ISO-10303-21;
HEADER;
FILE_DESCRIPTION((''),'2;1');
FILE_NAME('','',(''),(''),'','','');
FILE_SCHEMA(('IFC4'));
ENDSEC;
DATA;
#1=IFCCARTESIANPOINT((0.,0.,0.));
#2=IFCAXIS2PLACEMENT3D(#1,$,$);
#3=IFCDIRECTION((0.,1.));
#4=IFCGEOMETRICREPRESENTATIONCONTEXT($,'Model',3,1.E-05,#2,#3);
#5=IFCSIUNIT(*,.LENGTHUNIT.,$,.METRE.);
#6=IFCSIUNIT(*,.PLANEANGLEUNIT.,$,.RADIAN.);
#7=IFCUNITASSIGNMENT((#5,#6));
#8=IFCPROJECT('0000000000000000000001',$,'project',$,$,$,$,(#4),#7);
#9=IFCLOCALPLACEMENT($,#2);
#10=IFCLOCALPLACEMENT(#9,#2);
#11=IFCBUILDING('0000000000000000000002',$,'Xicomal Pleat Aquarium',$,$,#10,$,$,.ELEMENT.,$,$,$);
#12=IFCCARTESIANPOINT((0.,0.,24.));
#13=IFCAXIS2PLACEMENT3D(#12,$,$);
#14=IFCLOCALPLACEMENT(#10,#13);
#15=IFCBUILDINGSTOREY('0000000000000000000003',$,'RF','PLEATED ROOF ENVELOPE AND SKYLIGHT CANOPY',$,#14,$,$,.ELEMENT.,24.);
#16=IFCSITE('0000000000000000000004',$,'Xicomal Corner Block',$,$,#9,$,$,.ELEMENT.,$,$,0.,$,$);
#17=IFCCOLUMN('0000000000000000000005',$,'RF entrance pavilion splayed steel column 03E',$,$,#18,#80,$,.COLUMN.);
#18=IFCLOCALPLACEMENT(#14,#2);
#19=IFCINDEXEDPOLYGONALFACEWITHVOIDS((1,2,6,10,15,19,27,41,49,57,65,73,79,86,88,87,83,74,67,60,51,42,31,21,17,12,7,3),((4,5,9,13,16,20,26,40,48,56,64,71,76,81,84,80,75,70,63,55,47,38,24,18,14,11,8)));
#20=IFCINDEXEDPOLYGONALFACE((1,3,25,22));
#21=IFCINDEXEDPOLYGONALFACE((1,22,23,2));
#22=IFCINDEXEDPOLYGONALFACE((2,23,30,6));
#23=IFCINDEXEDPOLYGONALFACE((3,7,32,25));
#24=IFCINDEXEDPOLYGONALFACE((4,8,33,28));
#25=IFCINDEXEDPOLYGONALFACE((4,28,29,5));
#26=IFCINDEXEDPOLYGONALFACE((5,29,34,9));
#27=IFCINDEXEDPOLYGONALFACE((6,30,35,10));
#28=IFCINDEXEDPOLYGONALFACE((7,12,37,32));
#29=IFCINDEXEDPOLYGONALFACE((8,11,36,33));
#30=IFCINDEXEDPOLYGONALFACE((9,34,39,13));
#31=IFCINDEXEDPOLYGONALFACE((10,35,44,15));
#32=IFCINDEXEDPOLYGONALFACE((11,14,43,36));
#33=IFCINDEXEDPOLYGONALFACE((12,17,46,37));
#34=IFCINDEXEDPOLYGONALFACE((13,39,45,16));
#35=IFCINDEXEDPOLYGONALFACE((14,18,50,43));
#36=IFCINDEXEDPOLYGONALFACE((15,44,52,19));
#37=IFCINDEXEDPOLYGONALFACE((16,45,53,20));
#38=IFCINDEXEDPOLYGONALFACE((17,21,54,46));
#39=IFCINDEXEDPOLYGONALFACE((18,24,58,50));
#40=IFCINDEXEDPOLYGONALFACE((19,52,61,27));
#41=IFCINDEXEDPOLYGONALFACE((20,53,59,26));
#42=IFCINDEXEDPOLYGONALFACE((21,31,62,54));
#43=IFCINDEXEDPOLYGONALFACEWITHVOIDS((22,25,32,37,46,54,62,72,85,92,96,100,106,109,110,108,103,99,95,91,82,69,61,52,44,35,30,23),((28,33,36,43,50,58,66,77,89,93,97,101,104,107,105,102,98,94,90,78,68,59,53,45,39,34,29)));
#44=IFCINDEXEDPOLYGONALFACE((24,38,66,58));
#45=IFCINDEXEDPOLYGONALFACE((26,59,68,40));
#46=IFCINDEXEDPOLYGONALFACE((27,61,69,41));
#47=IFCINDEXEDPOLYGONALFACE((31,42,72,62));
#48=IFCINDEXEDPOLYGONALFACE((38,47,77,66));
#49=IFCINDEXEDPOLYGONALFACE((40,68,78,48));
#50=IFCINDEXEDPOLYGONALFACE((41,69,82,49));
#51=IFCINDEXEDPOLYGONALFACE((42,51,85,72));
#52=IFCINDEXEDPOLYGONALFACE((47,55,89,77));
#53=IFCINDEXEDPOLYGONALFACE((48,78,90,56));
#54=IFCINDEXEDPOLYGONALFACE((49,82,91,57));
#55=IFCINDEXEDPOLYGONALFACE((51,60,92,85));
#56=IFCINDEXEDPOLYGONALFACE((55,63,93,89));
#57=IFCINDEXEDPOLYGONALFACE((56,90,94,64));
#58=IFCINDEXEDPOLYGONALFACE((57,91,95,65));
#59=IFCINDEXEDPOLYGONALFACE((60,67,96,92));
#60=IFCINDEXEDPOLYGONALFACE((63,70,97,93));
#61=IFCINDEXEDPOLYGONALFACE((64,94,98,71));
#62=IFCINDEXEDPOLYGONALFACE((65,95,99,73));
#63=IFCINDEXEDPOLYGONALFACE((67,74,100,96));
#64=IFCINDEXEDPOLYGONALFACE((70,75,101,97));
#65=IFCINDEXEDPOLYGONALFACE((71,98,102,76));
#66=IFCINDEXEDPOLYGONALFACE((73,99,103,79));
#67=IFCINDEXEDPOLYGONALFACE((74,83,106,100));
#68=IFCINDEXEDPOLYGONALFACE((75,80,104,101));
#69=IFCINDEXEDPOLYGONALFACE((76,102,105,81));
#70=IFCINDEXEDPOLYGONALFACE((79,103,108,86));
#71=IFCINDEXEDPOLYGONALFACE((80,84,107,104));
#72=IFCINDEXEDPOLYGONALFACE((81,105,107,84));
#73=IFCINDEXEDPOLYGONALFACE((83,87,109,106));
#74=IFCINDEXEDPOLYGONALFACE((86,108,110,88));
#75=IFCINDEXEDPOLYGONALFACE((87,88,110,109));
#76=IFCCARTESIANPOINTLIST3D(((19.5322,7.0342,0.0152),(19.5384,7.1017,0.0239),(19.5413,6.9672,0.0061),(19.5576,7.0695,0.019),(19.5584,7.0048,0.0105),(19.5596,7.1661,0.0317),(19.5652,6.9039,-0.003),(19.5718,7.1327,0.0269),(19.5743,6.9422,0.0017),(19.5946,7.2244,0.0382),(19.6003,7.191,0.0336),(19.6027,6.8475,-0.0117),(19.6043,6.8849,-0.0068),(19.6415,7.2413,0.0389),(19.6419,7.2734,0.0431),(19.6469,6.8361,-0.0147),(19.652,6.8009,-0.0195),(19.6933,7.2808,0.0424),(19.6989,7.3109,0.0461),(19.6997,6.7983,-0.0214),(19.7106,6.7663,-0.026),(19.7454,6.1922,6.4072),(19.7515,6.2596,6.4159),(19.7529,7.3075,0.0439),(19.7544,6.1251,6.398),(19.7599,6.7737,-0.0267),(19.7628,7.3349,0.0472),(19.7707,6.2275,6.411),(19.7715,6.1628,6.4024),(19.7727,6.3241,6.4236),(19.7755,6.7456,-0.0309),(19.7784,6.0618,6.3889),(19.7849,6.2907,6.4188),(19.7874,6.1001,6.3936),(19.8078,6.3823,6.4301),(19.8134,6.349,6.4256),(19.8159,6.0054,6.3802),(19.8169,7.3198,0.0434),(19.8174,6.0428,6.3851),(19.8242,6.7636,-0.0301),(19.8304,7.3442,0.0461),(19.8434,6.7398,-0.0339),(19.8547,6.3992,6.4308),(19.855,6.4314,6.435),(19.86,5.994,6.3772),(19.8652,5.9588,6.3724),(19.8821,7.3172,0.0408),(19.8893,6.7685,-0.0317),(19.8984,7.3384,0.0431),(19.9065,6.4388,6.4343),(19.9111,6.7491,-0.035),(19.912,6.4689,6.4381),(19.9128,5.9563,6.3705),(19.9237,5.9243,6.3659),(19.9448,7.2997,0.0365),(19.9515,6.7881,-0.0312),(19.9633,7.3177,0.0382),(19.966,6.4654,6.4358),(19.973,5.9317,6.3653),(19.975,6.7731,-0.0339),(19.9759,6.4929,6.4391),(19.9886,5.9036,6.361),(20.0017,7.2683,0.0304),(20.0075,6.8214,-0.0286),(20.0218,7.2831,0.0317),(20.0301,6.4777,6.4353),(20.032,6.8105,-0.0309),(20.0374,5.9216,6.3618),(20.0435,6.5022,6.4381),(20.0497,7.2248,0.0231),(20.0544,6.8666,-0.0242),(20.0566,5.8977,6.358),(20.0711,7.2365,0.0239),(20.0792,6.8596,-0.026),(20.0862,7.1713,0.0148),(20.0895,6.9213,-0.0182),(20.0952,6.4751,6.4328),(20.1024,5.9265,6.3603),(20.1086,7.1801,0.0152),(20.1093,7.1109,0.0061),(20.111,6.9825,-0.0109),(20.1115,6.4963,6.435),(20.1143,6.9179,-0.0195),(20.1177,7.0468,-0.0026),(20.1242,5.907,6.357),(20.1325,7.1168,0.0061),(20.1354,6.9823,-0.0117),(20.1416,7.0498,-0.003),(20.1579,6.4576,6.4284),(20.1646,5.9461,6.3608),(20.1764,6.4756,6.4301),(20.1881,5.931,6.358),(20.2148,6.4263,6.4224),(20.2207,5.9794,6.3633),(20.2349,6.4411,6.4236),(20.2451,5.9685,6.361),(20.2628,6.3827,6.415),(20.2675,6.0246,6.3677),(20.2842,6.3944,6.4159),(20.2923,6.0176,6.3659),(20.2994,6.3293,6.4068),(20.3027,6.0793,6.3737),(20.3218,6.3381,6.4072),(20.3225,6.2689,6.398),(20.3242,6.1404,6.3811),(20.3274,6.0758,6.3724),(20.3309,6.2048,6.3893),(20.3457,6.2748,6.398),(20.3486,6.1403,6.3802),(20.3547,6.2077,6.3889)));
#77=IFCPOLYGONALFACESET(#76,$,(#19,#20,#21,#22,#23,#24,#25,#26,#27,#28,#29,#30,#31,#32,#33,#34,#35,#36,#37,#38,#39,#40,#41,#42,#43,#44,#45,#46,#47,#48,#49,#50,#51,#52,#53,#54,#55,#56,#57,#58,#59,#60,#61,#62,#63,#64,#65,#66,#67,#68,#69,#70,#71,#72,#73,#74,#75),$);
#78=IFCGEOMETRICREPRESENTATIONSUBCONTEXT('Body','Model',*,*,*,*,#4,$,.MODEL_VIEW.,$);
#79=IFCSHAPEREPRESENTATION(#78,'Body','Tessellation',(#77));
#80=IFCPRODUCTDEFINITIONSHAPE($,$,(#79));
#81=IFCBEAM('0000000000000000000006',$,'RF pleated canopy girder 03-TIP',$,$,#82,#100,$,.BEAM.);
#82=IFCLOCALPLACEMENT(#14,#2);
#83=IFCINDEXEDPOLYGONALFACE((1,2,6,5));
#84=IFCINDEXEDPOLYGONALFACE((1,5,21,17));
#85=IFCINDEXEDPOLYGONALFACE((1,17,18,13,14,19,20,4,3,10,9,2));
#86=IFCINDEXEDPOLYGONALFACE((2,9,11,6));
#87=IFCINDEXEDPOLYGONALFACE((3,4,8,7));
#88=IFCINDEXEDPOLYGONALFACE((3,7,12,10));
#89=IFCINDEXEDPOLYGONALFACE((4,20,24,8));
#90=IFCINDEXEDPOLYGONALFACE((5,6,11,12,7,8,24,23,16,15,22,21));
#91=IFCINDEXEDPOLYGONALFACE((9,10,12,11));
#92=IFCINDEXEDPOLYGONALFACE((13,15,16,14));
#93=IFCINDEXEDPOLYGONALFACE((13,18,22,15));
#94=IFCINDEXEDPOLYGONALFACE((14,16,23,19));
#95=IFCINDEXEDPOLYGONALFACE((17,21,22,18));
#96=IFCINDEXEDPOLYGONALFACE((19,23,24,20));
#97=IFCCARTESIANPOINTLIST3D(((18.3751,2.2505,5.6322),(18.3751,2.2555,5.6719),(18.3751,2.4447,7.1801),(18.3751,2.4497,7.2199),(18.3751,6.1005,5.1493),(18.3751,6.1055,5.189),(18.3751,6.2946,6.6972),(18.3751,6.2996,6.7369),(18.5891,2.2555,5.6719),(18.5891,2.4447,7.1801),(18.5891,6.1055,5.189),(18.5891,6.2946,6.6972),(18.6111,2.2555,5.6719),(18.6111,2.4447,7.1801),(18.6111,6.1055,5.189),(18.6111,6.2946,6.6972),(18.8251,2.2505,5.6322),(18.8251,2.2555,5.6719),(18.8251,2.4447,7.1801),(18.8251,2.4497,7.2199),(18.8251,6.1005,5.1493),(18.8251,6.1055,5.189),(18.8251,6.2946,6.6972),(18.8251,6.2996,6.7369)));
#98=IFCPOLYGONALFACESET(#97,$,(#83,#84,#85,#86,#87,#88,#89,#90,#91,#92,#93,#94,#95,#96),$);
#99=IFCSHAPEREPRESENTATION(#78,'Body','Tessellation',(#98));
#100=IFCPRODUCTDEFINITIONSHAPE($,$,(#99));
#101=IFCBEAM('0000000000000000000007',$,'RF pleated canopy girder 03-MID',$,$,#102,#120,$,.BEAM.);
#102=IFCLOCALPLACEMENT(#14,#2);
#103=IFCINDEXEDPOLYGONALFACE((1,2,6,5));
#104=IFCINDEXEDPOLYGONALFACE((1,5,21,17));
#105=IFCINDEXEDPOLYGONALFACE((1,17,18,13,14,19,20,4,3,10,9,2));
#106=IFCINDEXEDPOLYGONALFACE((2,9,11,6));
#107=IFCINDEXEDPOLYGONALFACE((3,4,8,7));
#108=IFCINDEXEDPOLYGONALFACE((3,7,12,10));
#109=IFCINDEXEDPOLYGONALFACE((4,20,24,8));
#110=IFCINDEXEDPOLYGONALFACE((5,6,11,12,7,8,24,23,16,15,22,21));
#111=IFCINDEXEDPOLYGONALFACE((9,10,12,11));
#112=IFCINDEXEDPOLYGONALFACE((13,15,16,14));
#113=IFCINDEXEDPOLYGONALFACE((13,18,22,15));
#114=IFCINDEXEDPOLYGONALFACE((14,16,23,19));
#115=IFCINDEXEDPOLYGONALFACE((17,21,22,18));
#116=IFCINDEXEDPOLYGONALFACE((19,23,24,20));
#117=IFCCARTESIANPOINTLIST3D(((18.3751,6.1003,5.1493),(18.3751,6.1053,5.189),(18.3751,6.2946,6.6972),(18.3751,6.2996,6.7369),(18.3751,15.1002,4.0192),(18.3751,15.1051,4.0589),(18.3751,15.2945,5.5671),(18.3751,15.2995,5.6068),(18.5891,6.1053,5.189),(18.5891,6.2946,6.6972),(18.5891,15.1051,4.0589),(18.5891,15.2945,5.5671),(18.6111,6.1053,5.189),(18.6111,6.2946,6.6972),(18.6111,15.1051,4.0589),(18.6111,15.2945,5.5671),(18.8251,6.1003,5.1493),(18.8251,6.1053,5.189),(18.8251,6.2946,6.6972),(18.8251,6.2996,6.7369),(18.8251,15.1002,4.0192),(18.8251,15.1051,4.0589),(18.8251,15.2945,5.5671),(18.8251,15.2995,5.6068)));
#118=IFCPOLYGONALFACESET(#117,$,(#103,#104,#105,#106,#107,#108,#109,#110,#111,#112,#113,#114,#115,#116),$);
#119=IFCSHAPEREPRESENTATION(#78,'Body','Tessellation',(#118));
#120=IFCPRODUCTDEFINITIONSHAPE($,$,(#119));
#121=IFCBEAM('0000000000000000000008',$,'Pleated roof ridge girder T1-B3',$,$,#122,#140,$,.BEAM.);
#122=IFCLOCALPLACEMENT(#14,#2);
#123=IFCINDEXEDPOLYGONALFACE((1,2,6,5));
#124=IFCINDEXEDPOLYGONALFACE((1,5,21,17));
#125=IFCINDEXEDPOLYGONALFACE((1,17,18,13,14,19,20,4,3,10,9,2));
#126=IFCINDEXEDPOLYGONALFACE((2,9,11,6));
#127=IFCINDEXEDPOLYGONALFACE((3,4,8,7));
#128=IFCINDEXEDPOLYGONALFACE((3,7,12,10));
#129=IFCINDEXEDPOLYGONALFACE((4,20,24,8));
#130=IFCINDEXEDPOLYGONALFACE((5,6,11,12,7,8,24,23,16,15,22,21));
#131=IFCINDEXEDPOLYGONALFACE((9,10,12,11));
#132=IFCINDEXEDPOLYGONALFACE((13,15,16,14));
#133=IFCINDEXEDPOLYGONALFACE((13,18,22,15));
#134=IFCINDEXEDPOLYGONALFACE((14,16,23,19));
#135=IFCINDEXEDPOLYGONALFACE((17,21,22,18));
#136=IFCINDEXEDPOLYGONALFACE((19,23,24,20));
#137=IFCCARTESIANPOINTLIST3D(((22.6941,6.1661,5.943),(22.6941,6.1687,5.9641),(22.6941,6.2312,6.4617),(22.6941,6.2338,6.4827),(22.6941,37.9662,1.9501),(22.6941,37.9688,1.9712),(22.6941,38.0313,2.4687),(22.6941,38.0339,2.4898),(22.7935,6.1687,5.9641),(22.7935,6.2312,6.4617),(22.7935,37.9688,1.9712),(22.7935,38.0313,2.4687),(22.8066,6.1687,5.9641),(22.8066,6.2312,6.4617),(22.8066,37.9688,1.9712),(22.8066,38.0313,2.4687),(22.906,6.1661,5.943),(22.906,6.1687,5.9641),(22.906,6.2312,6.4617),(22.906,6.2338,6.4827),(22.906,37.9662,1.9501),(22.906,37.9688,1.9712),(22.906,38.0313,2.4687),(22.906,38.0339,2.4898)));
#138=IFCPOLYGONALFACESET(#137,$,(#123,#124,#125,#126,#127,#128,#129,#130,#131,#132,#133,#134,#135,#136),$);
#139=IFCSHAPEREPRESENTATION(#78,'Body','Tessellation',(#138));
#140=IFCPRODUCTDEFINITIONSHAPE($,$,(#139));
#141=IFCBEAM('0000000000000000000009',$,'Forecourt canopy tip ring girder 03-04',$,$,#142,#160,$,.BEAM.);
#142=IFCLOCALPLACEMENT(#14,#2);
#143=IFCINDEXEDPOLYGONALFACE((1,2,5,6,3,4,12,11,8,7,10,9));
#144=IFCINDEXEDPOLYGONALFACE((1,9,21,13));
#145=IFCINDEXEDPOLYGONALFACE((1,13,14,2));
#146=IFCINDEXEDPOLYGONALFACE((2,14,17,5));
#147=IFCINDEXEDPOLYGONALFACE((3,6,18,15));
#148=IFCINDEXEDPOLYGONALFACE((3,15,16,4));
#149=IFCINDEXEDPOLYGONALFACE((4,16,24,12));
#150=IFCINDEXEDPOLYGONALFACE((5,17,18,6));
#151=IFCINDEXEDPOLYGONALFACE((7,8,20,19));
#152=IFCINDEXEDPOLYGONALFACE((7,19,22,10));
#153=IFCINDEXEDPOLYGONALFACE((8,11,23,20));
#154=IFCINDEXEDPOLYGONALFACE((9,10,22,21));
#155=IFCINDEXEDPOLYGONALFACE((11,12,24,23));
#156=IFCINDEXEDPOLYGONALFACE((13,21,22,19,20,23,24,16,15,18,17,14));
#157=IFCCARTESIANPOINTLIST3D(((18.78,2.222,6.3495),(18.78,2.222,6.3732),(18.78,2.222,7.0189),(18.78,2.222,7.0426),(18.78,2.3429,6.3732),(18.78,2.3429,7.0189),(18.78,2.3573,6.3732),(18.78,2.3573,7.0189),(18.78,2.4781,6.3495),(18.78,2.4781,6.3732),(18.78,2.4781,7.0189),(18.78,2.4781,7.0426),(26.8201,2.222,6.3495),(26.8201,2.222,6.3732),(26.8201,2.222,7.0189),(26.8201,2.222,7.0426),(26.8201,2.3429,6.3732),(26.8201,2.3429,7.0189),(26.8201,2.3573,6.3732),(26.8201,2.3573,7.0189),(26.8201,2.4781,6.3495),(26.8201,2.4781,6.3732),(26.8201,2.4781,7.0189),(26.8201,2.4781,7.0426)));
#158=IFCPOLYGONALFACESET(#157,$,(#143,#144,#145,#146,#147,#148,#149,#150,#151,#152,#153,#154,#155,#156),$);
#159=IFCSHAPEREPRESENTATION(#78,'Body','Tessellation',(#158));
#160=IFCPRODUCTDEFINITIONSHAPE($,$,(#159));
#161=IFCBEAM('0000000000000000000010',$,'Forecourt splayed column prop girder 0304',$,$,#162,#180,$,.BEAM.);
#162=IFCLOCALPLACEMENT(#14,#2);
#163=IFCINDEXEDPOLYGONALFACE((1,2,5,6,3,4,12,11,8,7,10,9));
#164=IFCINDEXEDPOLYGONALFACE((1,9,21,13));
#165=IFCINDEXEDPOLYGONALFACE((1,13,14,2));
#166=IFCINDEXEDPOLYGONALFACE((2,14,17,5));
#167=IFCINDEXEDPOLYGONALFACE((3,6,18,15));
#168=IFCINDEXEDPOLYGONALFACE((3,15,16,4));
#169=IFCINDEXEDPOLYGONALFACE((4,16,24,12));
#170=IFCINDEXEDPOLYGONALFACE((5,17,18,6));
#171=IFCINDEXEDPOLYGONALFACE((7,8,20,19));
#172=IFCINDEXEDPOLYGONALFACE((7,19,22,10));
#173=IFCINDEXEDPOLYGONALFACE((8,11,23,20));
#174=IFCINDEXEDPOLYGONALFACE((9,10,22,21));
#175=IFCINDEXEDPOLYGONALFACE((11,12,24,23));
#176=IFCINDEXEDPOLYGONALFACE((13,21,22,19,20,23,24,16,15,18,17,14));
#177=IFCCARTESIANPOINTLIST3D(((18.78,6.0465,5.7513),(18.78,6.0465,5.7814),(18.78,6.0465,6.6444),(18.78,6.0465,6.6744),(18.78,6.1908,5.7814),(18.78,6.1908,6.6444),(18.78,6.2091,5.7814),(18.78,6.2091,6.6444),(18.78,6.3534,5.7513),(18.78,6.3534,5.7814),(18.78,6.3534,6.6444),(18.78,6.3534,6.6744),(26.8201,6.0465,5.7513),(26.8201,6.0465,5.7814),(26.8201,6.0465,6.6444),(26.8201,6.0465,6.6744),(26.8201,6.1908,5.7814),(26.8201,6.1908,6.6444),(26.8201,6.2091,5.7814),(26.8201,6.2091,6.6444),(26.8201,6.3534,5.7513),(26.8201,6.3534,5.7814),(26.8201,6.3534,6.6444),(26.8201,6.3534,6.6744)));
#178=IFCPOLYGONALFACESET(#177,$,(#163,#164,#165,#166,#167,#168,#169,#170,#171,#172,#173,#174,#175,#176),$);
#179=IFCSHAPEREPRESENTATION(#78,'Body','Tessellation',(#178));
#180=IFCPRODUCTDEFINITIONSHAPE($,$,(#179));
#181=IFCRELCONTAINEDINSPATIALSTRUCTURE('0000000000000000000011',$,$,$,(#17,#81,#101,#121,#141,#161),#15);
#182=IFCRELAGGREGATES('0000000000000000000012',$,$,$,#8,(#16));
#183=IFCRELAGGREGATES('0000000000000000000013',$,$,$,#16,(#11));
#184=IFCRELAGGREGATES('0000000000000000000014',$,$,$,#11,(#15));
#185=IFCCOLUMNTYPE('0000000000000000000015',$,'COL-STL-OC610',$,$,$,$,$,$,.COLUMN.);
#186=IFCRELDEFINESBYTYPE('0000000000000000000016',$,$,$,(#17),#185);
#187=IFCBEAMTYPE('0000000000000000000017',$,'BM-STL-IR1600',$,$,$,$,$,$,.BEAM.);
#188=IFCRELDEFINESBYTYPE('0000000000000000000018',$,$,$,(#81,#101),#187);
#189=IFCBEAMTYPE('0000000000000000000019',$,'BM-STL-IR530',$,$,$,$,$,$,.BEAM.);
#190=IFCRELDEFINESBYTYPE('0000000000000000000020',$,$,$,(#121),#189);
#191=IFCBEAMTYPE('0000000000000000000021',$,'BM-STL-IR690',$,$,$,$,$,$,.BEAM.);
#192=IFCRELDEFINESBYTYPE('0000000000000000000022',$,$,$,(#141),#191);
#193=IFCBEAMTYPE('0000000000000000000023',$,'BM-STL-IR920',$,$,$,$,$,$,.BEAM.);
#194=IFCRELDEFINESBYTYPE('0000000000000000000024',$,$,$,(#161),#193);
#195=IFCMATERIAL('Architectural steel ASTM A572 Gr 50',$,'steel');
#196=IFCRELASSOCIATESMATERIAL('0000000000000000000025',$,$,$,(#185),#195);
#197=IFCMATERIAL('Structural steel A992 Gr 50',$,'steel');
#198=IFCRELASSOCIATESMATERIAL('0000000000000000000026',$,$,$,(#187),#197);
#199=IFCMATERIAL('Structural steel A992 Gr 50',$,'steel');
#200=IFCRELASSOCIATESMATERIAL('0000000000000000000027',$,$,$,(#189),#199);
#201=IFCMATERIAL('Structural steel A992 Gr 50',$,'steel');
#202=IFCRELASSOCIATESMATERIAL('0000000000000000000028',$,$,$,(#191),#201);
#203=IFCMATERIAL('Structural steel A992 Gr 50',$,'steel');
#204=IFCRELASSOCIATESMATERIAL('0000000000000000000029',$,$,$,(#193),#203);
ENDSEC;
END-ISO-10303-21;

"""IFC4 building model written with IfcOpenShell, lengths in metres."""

from ifc_helpers import new_model, si_unit, direction, frame, origin, origin_2d, place, context, subcontext, project, spatial, hollow_circle, i_section, extrude, material, material_profile, profile_set, type_object, element, save


model = new_model("IFC4")

# Units and contexts
model_context = context("Model", 3, precision=1e-05, world=origin(), true_north=direction((0.0, 1.0)))
body_context = subcontext(model_context, "Body", "Model", "MODEL_VIEW")
ifc_project = project(units=[si_unit("LENGTHUNIT", "METRE"), si_unit("PLANEANGLEUNIT", "RADIAN")], contexts=[model_context])

# Site, building, storey
site_placement = place(None, origin())
site = spatial("IfcSite", under=ifc_project, at=site_placement, Name="Xicomal Corner Block", CompositionType="ELEMENT", RefElevation=0.0)
building_placement = place(site_placement, origin())
building = spatial("IfcBuilding", under=site, at=building_placement, Name="Xicomal Pleat Aquarium", CompositionType="ELEMENT")
storey_placement = place(building_placement, frame((0.0, 0.0, 24.0)))
storey = spatial("IfcBuildingStorey", under=building, at=storey_placement, Name="RF", Description="PLEATED ROOF ENVELOPE AND SKYLIGHT CANOPY", CompositionType="ELEMENT", Elevation=24.0)

# Column
ifc_material_1 = material(Name="Architectural steel ASTM A572 Gr 50", Category="steel")
ifc_material_profile_1 = material_profile(ifc_material_1, hollow_circle(Radius=0.3049, WallThickness=0.0239, at=origin_2d()), Name="OC 610x24")
ifc_profile_set_1 = profile_set([ifc_material_profile_1], Name="Architectural steel ASTM A572 Gr 50")
column_type = type_object("IfcColumnType", Name="COL-STL-OC610", PredefinedType="COLUMN", material=ifc_profile_set_1)
column_placement = place(storey_placement, frame((19.8369, 7.042, 0.0061), z_axis=(0.033041, -0.130537, 0.990893), x_axis=(0.969427, 0.245378, 0.0)))
element("IfcColumn", 1, at=column_placement, inside=storey, type_object=column_type, Name="RF entrance pavilion splayed steel column 03E", PredefinedType="COLUMN", context=body_context, shape_type="SweptSolid", body=[
    extrude(hollow_circle(Radius=0.3049, WallThickness=0.0239, at=origin_2d()), origin(), (0.0, 0.0, 1.0), 6.4507),
])

# Beams
ifc_material_2 = material(Name="Structural steel A992 Gr 50", Category="steel")
ifc_material_profile_2 = material_profile(ifc_material_2, i_section(OverallWidth=0.45, OverallDepth=1.6001, WebThickness=0.022, FlangeThickness=0.04, at=origin_2d()), Name="IR 1600x540")
ifc_profile_set_2 = profile_set([ifc_material_profile_2], Name="Structural steel A992 Gr 50")
beam_type_1 = type_object("IfcBeamType", Name="BM-STL-IR1600", PredefinedType="BEAM", material=ifc_profile_set_2)
beam_1_placement = place(storey_placement, frame((18.6001, 2.3501, 6.426), z_axis=(0.0, 0.992225, -0.124461), x_axis=(-1.0, 0.0, 0.0)))
element("IfcBeam", 2, at=beam_1_placement, inside=storey, type_object=beam_type_1, Name="RF pleated canopy girder 03-TIP", PredefinedType="BEAM", context=body_context, shape_type="SweptSolid", body=[
    extrude(i_section(OverallWidth=0.45, OverallDepth=1.6001, WebThickness=0.022, FlangeThickness=0.04, at=origin_2d()), origin(), (0.0, 0.0, 1.0), 3.8801),
])
beam_2_placement = place(storey_placement, frame((18.6001, 6.2, 5.9431), z_axis=(0.0, 0.992208, -0.124591), x_axis=(-1.0, 0.0, 0.0)))
element("IfcBeam", 3, at=beam_2_placement, inside=storey, type_object=beam_type_1, Name="RF pleated canopy girder 03-MID", PredefinedType="BEAM", context=body_context, shape_type="SweptSolid", body=[
    extrude(i_section(OverallWidth=0.45, OverallDepth=1.6001, WebThickness=0.022, FlangeThickness=0.04, at=origin_2d()), origin(), (0.0, 0.0, 1.0), 9.0706),
])
ifc_material_3 = material(Name="Structural steel A992 Gr 50", Category="steel")
ifc_material_profile_3 = material_profile(ifc_material_3, i_section(OverallWidth=0.2119, OverallDepth=0.5439, WebThickness=0.0132, FlangeThickness=0.0212, at=origin_2d()), Name="IR 530x123")
ifc_profile_set_3 = profile_set([ifc_material_profile_3], Name="Structural steel A992 Gr 50")
beam_type_2 = type_object("IfcBeamType", Name="BM-STL-IR530", PredefinedType="BEAM", material=ifc_profile_set_3)
beam_3_placement = place(storey_placement, frame((22.8, 6.2, 6.2129), z_axis=(0.0, 0.992209, -0.124585), x_axis=(-1.0, 0.0, 0.0)))
element("IfcBeam", 4, at=beam_3_placement, inside=storey, type_object=beam_type_2, Name="Pleated roof ridge girder T1-B3", PredefinedType="BEAM", context=body_context, shape_type="SweptSolid", body=[
    extrude(i_section(OverallWidth=0.2119, OverallDepth=0.5439, WebThickness=0.0132, FlangeThickness=0.0212, at=origin_2d()), origin(), (0.0, 0.0, 1.0), 32.0498),
])
ifc_material_4 = material(Name="Structural steel A992 Gr 50", Category="steel")
ifc_material_profile_4 = material_profile(ifc_material_4, i_section(OverallWidth=0.2561, OverallDepth=0.6931, WebThickness=0.0144, FlangeThickness=0.0237, at=origin_2d()), Name="IR 690x170")
ifc_profile_set_4 = profile_set([ifc_material_profile_4], Name="Structural steel A992 Gr 50")
beam_type_3 = type_object("IfcBeamType", Name="BM-STL-IR690", PredefinedType="BEAM", material=ifc_profile_set_4)
beam_4_placement = place(storey_placement, frame((18.78, 2.3501, 6.696), z_axis=(1.0, 0.0, 0.0), x_axis=(0.0, 1.0, 0.0)))
element("IfcBeam", 5, at=beam_4_placement, inside=storey, type_object=beam_type_3, Name="Forecourt canopy tip ring girder 03-04", PredefinedType="BEAM", context=body_context, shape_type="SweptSolid", body=[
    extrude(i_section(OverallWidth=0.2561, OverallDepth=0.6931, WebThickness=0.0144, FlangeThickness=0.0237, at=origin_2d()), origin(), (0.0, 0.0, 1.0), 8.04),
])
ifc_material_5 = material(Name="Structural steel A992 Gr 50", Category="steel")
ifc_material_profile_5 = material_profile(ifc_material_5, i_section(OverallWidth=0.3069, OverallDepth=0.9231, WebThickness=0.0183, FlangeThickness=0.03, at=origin_2d()), Name="IR 920x271")
ifc_profile_set_5 = profile_set([ifc_material_profile_5], Name="Structural steel A992 Gr 50")
beam_type_4 = type_object("IfcBeamType", Name="BM-STL-IR920", PredefinedType="BEAM", material=ifc_profile_set_5)
beam_5_placement = place(storey_placement, frame((18.78, 6.2, 6.2129), z_axis=(1.0, 0.0, 0.0), x_axis=(0.0, 1.0, 0.0)))
element("IfcBeam", 6, at=beam_5_placement, inside=storey, type_object=beam_type_4, Name="Forecourt splayed column prop girder 0304", PredefinedType="BEAM", context=body_context, shape_type="SweptSolid", body=[
    extrude(i_section(OverallWidth=0.3069, OverallDepth=0.9231, WebThickness=0.0183, FlangeThickness=0.03, at=origin_2d()), origin(), (0.0, 0.0, 1.0), 8.04),
])

save(model, "model.ifc")
